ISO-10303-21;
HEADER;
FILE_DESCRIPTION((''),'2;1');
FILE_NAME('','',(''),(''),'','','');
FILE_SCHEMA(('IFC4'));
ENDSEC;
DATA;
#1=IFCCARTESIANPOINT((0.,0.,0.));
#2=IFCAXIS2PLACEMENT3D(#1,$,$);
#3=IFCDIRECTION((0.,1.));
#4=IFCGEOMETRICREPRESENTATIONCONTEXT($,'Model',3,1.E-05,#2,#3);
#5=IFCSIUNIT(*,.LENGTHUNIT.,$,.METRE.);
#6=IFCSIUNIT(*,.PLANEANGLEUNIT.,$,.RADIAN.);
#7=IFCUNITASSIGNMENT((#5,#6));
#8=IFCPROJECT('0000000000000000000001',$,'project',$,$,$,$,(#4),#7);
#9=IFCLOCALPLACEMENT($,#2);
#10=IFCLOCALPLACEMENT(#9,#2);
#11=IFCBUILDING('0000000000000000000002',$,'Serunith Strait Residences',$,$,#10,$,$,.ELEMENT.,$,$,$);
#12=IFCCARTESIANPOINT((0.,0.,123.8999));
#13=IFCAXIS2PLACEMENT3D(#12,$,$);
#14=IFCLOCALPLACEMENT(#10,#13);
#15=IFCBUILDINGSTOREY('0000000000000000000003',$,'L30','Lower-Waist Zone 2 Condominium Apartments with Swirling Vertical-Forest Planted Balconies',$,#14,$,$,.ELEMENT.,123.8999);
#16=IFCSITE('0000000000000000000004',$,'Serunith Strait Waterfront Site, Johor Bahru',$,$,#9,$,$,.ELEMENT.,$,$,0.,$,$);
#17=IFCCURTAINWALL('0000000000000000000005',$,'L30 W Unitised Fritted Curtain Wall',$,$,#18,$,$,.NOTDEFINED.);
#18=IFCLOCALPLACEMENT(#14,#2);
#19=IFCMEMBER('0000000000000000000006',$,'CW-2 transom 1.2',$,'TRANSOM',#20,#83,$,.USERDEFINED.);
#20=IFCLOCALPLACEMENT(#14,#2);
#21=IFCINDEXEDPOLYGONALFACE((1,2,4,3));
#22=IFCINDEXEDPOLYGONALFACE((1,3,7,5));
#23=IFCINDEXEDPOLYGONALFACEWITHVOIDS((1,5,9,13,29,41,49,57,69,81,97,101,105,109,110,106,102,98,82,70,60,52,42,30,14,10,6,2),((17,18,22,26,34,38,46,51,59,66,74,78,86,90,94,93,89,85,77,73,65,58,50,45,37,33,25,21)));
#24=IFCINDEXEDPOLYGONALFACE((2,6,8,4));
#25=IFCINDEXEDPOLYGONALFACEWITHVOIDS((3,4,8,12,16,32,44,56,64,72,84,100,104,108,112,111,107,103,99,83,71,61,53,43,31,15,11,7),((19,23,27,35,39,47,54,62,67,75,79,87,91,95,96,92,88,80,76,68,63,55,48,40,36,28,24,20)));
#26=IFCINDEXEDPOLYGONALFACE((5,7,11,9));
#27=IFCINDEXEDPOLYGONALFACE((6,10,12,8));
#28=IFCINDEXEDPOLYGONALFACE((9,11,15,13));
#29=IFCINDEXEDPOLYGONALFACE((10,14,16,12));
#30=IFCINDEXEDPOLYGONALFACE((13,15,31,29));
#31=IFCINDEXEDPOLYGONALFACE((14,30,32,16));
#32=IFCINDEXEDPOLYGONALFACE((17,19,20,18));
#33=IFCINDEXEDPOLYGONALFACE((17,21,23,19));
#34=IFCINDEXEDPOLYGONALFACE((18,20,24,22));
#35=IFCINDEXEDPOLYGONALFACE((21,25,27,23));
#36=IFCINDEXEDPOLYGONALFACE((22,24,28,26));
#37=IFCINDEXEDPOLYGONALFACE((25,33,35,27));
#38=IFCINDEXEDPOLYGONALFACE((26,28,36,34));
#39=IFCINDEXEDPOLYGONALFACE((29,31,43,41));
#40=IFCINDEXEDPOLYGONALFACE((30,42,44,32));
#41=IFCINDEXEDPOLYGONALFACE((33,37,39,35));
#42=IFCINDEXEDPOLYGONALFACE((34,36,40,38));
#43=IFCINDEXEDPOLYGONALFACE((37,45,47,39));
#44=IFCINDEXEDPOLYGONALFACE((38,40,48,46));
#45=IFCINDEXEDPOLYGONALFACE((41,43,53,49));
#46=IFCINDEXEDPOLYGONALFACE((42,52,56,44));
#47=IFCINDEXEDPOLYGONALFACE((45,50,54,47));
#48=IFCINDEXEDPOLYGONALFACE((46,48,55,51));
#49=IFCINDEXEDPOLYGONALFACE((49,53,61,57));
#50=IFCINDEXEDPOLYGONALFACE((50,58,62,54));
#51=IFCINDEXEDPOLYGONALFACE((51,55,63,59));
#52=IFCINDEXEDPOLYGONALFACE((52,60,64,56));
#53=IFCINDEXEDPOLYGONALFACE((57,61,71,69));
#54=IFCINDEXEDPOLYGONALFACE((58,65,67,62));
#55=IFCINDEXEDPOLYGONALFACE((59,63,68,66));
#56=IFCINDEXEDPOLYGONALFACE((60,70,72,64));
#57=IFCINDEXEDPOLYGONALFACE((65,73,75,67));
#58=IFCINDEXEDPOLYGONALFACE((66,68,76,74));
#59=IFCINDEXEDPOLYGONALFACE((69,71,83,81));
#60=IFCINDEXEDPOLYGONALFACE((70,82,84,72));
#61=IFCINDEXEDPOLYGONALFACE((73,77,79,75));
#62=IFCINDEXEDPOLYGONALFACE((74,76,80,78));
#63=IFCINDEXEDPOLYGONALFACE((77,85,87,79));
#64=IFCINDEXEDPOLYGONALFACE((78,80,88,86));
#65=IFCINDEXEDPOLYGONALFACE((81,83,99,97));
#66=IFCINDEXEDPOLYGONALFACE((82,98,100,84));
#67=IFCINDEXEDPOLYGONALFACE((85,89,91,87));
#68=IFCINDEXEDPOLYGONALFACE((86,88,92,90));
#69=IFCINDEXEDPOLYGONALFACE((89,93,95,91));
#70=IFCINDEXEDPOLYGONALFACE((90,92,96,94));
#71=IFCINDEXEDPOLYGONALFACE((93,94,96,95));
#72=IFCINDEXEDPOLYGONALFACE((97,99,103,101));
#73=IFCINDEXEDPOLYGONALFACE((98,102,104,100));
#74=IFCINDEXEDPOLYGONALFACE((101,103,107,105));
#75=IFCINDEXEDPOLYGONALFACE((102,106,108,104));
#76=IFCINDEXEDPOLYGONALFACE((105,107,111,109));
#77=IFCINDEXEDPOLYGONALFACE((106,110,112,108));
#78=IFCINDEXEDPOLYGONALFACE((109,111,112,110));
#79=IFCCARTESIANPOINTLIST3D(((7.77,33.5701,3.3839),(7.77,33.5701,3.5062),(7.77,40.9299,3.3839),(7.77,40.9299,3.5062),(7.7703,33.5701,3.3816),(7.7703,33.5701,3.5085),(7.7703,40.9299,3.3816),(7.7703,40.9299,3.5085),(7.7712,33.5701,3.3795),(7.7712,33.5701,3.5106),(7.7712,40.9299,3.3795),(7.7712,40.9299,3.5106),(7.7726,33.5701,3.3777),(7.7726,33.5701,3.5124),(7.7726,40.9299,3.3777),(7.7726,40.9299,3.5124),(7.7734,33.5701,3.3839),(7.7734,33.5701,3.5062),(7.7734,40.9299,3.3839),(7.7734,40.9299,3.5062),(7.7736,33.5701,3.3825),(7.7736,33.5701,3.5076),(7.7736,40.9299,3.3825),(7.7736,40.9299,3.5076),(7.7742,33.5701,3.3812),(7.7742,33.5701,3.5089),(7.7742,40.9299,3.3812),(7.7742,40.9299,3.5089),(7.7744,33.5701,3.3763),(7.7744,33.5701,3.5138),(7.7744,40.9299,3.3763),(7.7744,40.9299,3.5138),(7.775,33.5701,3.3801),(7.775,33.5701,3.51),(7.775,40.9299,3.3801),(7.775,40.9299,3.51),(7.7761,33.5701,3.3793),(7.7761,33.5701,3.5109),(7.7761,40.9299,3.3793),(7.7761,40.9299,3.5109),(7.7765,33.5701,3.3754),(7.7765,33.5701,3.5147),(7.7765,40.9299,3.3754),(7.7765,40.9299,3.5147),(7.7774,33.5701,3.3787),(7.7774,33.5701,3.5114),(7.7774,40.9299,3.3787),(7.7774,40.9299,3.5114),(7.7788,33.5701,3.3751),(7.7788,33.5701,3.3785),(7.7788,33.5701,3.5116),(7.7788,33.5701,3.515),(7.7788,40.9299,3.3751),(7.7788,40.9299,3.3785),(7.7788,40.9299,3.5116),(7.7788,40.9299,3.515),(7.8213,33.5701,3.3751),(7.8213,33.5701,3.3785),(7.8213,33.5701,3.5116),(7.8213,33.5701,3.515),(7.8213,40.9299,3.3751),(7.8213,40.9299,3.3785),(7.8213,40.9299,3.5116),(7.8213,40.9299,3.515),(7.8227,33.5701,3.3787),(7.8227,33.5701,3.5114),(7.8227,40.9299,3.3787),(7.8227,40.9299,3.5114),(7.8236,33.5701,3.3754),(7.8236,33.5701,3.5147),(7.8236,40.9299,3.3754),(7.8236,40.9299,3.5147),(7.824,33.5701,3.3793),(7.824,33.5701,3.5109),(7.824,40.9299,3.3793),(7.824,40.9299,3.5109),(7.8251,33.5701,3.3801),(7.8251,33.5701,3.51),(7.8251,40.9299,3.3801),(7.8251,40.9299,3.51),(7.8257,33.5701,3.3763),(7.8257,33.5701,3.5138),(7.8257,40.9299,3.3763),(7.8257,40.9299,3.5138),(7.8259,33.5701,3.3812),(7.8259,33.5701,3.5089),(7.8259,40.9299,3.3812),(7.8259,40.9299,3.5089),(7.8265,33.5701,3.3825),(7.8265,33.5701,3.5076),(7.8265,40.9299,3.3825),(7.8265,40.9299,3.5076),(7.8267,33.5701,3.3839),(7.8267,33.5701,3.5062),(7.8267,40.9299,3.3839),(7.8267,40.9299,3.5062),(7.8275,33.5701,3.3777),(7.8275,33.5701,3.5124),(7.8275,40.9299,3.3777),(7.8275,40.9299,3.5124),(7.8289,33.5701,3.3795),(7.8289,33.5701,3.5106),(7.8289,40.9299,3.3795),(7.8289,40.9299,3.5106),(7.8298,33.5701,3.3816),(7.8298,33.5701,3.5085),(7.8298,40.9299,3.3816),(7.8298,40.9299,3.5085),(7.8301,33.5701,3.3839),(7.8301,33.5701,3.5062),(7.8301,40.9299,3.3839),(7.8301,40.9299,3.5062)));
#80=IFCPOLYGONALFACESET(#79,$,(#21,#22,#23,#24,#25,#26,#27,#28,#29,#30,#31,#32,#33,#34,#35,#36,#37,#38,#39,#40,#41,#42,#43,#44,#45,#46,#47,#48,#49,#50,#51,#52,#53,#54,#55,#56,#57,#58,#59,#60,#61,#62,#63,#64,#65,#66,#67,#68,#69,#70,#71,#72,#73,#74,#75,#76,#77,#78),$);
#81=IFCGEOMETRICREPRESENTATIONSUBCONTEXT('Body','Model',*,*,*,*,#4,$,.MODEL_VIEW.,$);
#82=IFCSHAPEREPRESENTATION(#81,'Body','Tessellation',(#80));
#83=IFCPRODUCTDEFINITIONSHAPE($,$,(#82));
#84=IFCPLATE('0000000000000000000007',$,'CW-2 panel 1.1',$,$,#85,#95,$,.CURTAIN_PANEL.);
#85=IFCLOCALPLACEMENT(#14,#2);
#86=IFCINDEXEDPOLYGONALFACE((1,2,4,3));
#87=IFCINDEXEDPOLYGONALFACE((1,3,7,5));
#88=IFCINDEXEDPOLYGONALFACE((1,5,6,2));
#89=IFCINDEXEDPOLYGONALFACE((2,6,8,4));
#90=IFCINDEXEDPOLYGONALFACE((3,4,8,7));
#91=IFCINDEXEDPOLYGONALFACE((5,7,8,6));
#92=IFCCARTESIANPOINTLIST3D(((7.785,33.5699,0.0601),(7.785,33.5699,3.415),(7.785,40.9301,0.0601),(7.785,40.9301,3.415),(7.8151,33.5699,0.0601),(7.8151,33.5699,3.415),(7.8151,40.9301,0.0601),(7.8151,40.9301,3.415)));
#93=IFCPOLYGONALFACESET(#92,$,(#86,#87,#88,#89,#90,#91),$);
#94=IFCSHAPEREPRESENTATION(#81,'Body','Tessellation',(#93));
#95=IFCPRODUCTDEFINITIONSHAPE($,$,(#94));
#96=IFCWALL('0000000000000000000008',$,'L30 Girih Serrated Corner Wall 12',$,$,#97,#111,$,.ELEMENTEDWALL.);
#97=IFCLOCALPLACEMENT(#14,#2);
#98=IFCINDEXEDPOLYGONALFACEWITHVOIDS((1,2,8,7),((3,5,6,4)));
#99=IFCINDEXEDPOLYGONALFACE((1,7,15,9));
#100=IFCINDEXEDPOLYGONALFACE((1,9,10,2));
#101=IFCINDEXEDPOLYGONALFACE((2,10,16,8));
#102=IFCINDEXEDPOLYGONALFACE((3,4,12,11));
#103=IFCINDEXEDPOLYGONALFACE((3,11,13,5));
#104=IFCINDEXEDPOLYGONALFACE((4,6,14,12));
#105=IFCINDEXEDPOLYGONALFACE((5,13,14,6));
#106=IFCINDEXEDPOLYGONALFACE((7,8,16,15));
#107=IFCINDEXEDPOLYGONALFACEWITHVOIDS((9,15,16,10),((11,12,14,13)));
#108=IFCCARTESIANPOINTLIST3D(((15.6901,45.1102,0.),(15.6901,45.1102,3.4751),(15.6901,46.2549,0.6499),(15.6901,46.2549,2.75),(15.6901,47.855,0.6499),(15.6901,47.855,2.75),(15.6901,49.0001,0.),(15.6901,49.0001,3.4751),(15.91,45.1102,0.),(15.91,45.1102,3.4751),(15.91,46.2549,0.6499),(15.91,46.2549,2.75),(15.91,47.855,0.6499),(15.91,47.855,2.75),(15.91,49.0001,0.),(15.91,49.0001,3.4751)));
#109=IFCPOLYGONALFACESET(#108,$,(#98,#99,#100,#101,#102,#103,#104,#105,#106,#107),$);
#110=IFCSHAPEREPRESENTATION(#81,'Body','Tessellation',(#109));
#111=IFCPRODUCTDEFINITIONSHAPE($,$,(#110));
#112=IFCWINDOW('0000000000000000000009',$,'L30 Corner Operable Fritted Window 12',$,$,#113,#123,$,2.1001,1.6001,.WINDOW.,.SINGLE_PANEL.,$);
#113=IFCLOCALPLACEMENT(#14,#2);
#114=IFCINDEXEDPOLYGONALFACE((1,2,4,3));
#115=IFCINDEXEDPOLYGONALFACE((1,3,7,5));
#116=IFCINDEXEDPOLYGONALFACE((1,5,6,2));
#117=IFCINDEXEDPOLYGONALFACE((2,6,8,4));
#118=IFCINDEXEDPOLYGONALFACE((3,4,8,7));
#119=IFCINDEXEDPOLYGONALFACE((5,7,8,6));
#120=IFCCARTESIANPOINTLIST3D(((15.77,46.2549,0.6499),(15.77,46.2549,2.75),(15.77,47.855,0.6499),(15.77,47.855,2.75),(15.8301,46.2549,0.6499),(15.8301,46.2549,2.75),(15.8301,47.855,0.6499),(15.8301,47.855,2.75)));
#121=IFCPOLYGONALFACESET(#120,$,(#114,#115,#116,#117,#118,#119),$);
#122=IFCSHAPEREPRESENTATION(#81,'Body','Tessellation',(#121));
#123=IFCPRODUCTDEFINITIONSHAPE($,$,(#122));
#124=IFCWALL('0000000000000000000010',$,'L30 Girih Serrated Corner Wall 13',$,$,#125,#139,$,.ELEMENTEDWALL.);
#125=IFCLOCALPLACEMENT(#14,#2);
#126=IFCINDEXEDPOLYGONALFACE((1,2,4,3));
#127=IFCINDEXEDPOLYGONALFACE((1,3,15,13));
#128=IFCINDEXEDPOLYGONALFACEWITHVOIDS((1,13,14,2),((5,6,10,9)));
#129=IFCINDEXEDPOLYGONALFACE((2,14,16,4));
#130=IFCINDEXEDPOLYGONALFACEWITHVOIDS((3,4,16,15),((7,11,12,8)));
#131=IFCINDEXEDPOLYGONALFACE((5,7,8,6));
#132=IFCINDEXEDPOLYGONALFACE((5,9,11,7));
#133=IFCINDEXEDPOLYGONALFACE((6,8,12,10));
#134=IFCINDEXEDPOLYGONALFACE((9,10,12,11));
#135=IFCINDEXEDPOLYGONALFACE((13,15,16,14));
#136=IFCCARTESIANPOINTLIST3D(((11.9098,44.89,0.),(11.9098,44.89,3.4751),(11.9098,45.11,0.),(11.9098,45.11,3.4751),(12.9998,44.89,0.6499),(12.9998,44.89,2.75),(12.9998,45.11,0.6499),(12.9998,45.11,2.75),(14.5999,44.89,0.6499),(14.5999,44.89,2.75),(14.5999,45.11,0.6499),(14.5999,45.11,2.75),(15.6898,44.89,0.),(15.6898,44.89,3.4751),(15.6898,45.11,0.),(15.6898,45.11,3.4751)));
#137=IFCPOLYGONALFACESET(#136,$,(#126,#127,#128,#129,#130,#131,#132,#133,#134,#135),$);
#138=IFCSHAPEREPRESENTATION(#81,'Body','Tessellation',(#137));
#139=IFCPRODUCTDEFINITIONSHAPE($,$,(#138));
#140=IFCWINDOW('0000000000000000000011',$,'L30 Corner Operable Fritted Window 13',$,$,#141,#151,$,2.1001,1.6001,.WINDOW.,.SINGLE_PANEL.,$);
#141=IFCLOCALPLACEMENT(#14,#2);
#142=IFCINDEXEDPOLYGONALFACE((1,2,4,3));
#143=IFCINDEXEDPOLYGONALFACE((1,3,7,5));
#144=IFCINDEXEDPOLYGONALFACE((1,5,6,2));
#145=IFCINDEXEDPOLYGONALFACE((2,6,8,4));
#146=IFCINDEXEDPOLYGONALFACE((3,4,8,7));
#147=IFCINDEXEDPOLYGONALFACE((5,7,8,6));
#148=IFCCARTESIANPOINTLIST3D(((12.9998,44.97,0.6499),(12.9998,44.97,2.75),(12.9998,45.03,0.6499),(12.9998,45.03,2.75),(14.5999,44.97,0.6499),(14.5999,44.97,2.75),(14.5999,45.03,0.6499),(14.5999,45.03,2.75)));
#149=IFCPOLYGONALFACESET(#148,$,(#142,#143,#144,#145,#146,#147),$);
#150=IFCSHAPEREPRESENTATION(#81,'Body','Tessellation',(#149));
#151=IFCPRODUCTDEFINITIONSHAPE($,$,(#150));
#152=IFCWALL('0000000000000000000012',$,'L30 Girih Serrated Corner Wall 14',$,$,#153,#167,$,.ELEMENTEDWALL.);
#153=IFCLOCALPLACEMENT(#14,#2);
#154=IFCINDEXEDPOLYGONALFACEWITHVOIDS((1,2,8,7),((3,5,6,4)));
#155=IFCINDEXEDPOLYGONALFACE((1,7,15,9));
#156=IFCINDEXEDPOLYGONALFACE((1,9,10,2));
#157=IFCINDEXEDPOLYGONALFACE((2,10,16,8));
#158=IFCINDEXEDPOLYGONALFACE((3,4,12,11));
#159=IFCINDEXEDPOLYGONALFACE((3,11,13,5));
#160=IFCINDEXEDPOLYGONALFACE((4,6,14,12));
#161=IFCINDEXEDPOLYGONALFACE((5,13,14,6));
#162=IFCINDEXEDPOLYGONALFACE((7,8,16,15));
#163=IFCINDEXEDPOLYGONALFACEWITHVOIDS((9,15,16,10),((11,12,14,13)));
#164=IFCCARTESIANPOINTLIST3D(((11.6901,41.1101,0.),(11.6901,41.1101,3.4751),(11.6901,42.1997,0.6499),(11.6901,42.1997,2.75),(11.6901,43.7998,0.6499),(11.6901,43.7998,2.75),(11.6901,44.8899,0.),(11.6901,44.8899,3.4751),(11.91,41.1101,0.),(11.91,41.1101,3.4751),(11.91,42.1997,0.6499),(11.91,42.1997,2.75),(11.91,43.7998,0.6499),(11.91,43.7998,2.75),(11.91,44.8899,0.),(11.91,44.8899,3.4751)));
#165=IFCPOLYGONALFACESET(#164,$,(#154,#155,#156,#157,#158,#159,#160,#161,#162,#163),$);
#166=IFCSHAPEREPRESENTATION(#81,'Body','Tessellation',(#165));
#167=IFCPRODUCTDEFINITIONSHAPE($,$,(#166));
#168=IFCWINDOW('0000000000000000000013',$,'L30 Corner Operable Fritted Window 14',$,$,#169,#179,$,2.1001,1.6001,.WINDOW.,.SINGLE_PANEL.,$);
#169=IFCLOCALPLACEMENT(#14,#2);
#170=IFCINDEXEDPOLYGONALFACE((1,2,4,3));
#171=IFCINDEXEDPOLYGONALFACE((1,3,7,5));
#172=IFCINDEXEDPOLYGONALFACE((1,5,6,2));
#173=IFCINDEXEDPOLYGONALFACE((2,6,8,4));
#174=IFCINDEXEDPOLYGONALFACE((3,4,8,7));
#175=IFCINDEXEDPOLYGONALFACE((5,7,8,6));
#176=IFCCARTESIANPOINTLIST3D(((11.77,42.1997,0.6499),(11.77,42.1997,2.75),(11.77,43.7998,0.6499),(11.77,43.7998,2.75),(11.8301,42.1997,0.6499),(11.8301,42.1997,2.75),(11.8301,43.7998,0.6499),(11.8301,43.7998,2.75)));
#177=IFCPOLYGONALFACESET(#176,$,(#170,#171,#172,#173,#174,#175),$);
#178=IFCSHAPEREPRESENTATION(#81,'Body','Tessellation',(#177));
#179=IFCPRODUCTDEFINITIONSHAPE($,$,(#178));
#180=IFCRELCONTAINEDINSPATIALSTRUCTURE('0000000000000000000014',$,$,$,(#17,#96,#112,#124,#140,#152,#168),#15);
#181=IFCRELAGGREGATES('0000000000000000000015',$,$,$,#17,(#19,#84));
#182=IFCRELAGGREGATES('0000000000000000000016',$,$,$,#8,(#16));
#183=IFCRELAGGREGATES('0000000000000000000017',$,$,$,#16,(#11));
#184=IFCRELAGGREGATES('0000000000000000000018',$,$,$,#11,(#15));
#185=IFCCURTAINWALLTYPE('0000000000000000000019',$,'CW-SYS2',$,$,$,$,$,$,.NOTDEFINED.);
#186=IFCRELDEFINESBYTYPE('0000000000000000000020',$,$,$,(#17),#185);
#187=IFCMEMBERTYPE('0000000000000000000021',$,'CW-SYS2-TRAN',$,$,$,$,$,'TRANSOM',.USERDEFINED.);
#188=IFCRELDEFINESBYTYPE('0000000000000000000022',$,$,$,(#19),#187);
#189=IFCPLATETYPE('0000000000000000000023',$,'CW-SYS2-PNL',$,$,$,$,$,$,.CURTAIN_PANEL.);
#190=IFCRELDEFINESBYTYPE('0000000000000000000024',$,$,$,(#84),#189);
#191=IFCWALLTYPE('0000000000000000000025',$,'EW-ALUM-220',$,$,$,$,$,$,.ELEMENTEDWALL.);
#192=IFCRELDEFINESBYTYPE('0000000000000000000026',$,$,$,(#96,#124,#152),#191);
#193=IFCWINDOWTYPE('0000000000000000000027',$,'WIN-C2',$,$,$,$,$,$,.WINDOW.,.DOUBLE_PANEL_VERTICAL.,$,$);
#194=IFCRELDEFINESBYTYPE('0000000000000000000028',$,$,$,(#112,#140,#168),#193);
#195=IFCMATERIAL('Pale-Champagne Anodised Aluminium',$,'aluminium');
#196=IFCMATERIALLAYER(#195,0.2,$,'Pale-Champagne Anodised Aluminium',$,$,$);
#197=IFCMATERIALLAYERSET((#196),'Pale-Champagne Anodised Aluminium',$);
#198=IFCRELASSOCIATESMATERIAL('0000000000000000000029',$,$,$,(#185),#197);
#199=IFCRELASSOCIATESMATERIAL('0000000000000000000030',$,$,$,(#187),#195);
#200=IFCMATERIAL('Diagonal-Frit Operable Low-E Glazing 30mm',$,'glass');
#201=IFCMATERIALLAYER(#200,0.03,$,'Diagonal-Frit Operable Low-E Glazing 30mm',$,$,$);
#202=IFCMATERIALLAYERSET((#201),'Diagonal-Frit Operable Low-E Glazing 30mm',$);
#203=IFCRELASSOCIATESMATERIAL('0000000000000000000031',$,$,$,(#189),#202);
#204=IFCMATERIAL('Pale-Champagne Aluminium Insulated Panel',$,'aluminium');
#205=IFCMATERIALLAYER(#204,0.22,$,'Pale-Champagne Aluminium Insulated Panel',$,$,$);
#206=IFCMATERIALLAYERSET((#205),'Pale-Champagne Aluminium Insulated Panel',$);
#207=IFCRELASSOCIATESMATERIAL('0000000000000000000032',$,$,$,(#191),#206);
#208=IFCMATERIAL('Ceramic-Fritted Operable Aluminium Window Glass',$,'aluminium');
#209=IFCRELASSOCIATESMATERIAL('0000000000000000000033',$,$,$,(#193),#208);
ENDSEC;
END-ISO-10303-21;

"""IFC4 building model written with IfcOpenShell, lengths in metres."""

from ifc_helpers import new_model, si_unit, direction, frame, frame_2d, origin, origin_2d, place, context, subcontext, project, spatial, rectangle, hollow_rectangle, extrude, source, transform, mapped, material, layer, layer_set, material_profile, profile_set, type_object, element, fill, aggregate, save


model = new_model("IFC4")

# Units and contexts
model_context = context("Model", 3, precision=1e-05, world=origin(), true_north=direction((0.0, 1.0)))
body_context = subcontext(model_context, "Body", "Model", "MODEL_VIEW")
ifc_project = project(units=[si_unit("LENGTHUNIT", "METRE"), si_unit("PLANEANGLEUNIT", "RADIAN")], contexts=[model_context])

# Site, building, storey
site_placement = place(None, origin())
site = spatial("IfcSite", under=ifc_project, at=site_placement, Name="Serunith Strait Waterfront Site, Johor Bahru", CompositionType="ELEMENT", RefElevation=0.0)
building_placement = place(site_placement, origin())
building = spatial("IfcBuilding", under=site, at=building_placement, Name="Serunith Strait Residences", CompositionType="ELEMENT")
storey_placement = place(building_placement, frame((0.0, 0.0, 123.8999)))
storey = spatial("IfcBuildingStorey", under=building, at=storey_placement, Name="L30", Description="Lower-Waist Zone 2 Condominium Apartments with Swirling Vertical-Forest Planted Balconies", CompositionType="ELEMENT", Elevation=123.8999)

# Shared definitions
ifc_material_1 = material(Name="Pale-Champagne Anodised Aluminium", Category="aluminium")
ifc_layer_1 = layer(ifc_material_1, 0.2, Name="Pale-Champagne Anodised Aluminium")
ifc_layer_set_1 = layer_set([ifc_layer_1], Name="Pale-Champagne Anodised Aluminium")
curtain_wall_type = type_object("IfcCurtainWallType", Name="CW-SYS2", PredefinedType="NOTDEFINED", material=ifc_layer_set_1)

# Curtain wall, member, plate
curtain_wall_1_placement = place(storey_placement, origin())
curtain_wall_1 = element("IfcCurtainWall", 1, at=curtain_wall_1_placement, inside=storey, type_object=curtain_wall_type, Name="L30 W Unitised Fritted Curtain Wall", PredefinedType="NOTDEFINED")
ifc_material_profile_1 = material_profile(ifc_material_1, hollow_rectangle(XDim=0.0601, YDim=0.1399, WallThickness=0.0034, InnerFilletRadius=0.0054, OuterFilletRadius=0.0088, at=origin_2d()), Name="ALU 140x60x3.5")
ifc_profile_set_1 = profile_set([ifc_material_profile_1], Name="Pale-Champagne Anodised Aluminium")
member_type_1 = type_object("IfcMemberType", Name="CW-SYS2-TRAN", ElementType="TRANSOM", PredefinedType="USERDEFINED", material=ifc_profile_set_1)
shared_shape_1 = source(origin(), body_context, "Body", "SweptSolid", [
    extrude(hollow_rectangle(XDim=0.0601, YDim=0.1399, WallThickness=0.0034, InnerFilletRadius=0.0054, OuterFilletRadius=0.0088, at=origin_2d()), origin(), (0.0, 0.0, 1.0), 7.3599),
])
member_1_placement = place(storey_placement, frame((7.8, 40.9299, 3.4451), z_axis=(0.0, -1.0, 0.0), x_axis=(1.0, 0.0, 0.0)))
member_1 = element("IfcMember", 2, at=member_1_placement, type_object=member_type_1, Name="CW-2 transom 1.2", ObjectType="TRANSOM", PredefinedType="USERDEFINED", context=body_context, shape_type="MappedRepresentation", body=[
    mapped(shared_shape_1, transform((0.0, 0.0, 0.0), scale=1.0)),
])
ifc_material_2 = material(Name="Diagonal-Frit Operable Low-E Glazing 30mm", Category="glass")
ifc_layer_2 = layer(ifc_material_2, 0.03, Name="Diagonal-Frit Operable Low-E Glazing 30mm")
ifc_layer_set_2 = layer_set([ifc_layer_2], Name="Diagonal-Frit Operable Low-E Glazing 30mm")
plate_type = type_object("IfcPlateType", Name="CW-SYS2-PNL", PredefinedType="CURTAIN_PANEL", material=ifc_layer_set_2)
shared_shape_2 = source(origin(), body_context, "Body", "SweptSolid", [
    extrude(rectangle(XDim=7.3601, YDim=0.03, at=origin_2d()), origin(), (0.0, 0.0, 1.0), 3.355),
])
plate_placement = place(storey_placement, frame((7.8, 37.25, 0.0601), z_axis=(0.0, 0.0, 1.0), x_axis=(0.0, -1.0, 0.0)))
plate = element("IfcPlate", 3, at=plate_placement, type_object=plate_type, Name="CW-2 panel 1.1", PredefinedType="CURTAIN_PANEL", context=body_context, shape_type="MappedRepresentation", body=[
    mapped(shared_shape_2, transform((0.0, 0.0, 0.0), scale=1.0)),
])
aggregate(curtain_wall_1, [member_1, plate])

# Walls, openings, windows
ifc_material_3 = material(Name="Pale-Champagne Aluminium Insulated Panel", Category="aluminium")
ifc_layer_3 = layer(ifc_material_3, 0.22, Name="Pale-Champagne Aluminium Insulated Panel")
ifc_layer_set_3 = layer_set([ifc_layer_3], Name="Pale-Champagne Aluminium Insulated Panel")
wall_type_1 = type_object("IfcWallType", Name="EW-ALUM-220", PredefinedType="ELEMENTEDWALL", material=ifc_layer_set_3)
wall_1_placement = place(storey_placement, frame((15.8, 49.0, 0.0), z_axis=(0.0, 0.0, 1.0), x_axis=(0.0, -1.0, 0.0)))
wall_1 = element("IfcWall", 4, at=wall_1_placement, inside=storey, type_object=wall_type_1, Name="L30 Girih Serrated Corner Wall 12", PredefinedType="ELEMENTEDWALL", context=body_context, shape_type="SweptSolid", body=[
    extrude(rectangle(XDim=3.8899, YDim=0.22, at=frame_2d((1.9448, 0.0))), origin(), (0.0, 0.0, 1.0), 3.4751),
])
opening_1_placement = place(wall_1_placement, frame((1.145, 0.0, 0.6499)))
opening_1 = element("IfcOpeningElement", 5, at=opening_1_placement, cuts=wall_1, PredefinedType="OPENING", context=body_context, shape_type="SweptSolid", body=[
    extrude(rectangle(XDim=1.6001, YDim=2.1001, at=frame_2d((0.8, 1.05))), frame((0.0, 0.1201, 0.0), z_axis=(0.0, -1.0, 0.0), x_axis=(1.0, 0.0, 0.0)), (0.0, 0.0, 1.0), 0.24),
])
ifc_material_4 = material(Name="Ceramic-Fritted Operable Aluminium Window Glass", Category="aluminium")
window_type = type_object("IfcWindowType", Name="WIN-C2", PartitioningType="DOUBLE_PANEL_VERTICAL", PredefinedType="WINDOW", material=ifc_material_4)
shared_shape_3 = source(origin(), body_context, "Body", "SweptSolid", [
    extrude(rectangle(XDim=1.6001, YDim=2.1001, at=frame_2d((0.8, 1.05))), frame((0.0, 0.03, 0.0), z_axis=(0.0, -1.0, 0.0), x_axis=(1.0, 0.0, 0.0)), (0.0, 0.0, 1.0), 0.0601),
])
window_1_placement = place(opening_1_placement, origin())
window_1 = element("IfcWindow", 6, at=window_1_placement, inside=storey, type_object=window_type, Name="L30 Corner Operable Fritted Window 12", OverallHeight=2.1001, OverallWidth=1.6001, PartitioningType="SINGLE_PANEL", PredefinedType="WINDOW", context=body_context, shape_type="MappedRepresentation", body=[
    mapped(shared_shape_3, transform((0.0, 0.0, 0.0), scale=1.0)),
])
fill(opening_1, window_1)
wall_2_placement = place(storey_placement, frame((15.6899, 45.0, 0.0), z_axis=(0.0, 0.0, 1.0), x_axis=(-1.0, 0.0, 0.0)))
wall_2 = element("IfcWall", 7, at=wall_2_placement, inside=storey, type_object=wall_type_1, Name="L30 Girih Serrated Corner Wall 13", PredefinedType="ELEMENTEDWALL", context=body_context, shape_type="SweptSolid", body=[
    extrude(rectangle(XDim=3.78, YDim=0.22, at=frame_2d((1.8901, 0.0))), origin(), (0.0, 0.0, 1.0), 3.4751),
])
opening_2_placement = place(wall_2_placement, frame((1.0901, 0.0, 0.6499)))
opening_2 = element("IfcOpeningElement", 8, at=opening_2_placement, cuts=wall_2, PredefinedType="OPENING", context=body_context, shape_type="SweptSolid", body=[
    extrude(rectangle(XDim=1.6001, YDim=2.1001, at=frame_2d((0.8, 1.05))), frame((0.0, 0.1201, 0.0), z_axis=(0.0, -1.0, 0.0), x_axis=(1.0, 0.0, 0.0)), (0.0, 0.0, 1.0), 0.24),
])
window_2_placement = place(opening_2_placement, origin())
window_2 = element("IfcWindow", 9, at=window_2_placement, inside=storey, type_object=window_type, Name="L30 Corner Operable Fritted Window 13", OverallHeight=2.1001, OverallWidth=1.6001, PartitioningType="SINGLE_PANEL", PredefinedType="WINDOW", context=body_context, shape_type="MappedRepresentation", body=[
    mapped(shared_shape_3, transform((0.0, 0.0, 0.0), scale=1.0)),
])
fill(opening_2, window_2)
wall_3_placement = place(storey_placement, frame((11.8, 44.8899, 0.0), z_axis=(0.0, 0.0, 1.0), x_axis=(0.0, -1.0, 0.0)))
wall_3 = element("IfcWall", 10, at=wall_3_placement, inside=storey, type_object=wall_type_1, Name="L30 Girih Serrated Corner Wall 14", PredefinedType="ELEMENTEDWALL", context=body_context, shape_type="SweptSolid", body=[
    extrude(rectangle(XDim=3.7798, YDim=0.22, at=frame_2d((1.8899, 0.0))), origin(), (0.0, 0.0, 1.0), 3.4751),
])
opening_3_placement = place(wall_3_placement, frame((1.0901, 0.0, 0.6499)))
opening_3 = element("IfcOpeningElement", 11, at=opening_3_placement, cuts=wall_3, PredefinedType="OPENING", context=body_context, shape_type="SweptSolid", body=[
    extrude(rectangle(XDim=1.6001, YDim=2.1001, at=frame_2d((0.8, 1.05))), frame((0.0, 0.1201, 0.0), z_axis=(0.0, -1.0, 0.0), x_axis=(1.0, 0.0, 0.0)), (0.0, 0.0, 1.0), 0.24),
])
window_3_placement = place(opening_3_placement, origin())
window_3 = element("IfcWindow", 12, at=window_3_placement, inside=storey, type_object=window_type, Name="L30 Corner Operable Fritted Window 14", OverallHeight=2.1001, OverallWidth=1.6001, PartitioningType="SINGLE_PANEL", PredefinedType="WINDOW", context=body_context, shape_type="MappedRepresentation", body=[
    mapped(shared_shape_3, transform((0.0, 0.0, 0.0), scale=1.0)),
])
fill(opening_3, window_3)

save(model, "model.ifc")
